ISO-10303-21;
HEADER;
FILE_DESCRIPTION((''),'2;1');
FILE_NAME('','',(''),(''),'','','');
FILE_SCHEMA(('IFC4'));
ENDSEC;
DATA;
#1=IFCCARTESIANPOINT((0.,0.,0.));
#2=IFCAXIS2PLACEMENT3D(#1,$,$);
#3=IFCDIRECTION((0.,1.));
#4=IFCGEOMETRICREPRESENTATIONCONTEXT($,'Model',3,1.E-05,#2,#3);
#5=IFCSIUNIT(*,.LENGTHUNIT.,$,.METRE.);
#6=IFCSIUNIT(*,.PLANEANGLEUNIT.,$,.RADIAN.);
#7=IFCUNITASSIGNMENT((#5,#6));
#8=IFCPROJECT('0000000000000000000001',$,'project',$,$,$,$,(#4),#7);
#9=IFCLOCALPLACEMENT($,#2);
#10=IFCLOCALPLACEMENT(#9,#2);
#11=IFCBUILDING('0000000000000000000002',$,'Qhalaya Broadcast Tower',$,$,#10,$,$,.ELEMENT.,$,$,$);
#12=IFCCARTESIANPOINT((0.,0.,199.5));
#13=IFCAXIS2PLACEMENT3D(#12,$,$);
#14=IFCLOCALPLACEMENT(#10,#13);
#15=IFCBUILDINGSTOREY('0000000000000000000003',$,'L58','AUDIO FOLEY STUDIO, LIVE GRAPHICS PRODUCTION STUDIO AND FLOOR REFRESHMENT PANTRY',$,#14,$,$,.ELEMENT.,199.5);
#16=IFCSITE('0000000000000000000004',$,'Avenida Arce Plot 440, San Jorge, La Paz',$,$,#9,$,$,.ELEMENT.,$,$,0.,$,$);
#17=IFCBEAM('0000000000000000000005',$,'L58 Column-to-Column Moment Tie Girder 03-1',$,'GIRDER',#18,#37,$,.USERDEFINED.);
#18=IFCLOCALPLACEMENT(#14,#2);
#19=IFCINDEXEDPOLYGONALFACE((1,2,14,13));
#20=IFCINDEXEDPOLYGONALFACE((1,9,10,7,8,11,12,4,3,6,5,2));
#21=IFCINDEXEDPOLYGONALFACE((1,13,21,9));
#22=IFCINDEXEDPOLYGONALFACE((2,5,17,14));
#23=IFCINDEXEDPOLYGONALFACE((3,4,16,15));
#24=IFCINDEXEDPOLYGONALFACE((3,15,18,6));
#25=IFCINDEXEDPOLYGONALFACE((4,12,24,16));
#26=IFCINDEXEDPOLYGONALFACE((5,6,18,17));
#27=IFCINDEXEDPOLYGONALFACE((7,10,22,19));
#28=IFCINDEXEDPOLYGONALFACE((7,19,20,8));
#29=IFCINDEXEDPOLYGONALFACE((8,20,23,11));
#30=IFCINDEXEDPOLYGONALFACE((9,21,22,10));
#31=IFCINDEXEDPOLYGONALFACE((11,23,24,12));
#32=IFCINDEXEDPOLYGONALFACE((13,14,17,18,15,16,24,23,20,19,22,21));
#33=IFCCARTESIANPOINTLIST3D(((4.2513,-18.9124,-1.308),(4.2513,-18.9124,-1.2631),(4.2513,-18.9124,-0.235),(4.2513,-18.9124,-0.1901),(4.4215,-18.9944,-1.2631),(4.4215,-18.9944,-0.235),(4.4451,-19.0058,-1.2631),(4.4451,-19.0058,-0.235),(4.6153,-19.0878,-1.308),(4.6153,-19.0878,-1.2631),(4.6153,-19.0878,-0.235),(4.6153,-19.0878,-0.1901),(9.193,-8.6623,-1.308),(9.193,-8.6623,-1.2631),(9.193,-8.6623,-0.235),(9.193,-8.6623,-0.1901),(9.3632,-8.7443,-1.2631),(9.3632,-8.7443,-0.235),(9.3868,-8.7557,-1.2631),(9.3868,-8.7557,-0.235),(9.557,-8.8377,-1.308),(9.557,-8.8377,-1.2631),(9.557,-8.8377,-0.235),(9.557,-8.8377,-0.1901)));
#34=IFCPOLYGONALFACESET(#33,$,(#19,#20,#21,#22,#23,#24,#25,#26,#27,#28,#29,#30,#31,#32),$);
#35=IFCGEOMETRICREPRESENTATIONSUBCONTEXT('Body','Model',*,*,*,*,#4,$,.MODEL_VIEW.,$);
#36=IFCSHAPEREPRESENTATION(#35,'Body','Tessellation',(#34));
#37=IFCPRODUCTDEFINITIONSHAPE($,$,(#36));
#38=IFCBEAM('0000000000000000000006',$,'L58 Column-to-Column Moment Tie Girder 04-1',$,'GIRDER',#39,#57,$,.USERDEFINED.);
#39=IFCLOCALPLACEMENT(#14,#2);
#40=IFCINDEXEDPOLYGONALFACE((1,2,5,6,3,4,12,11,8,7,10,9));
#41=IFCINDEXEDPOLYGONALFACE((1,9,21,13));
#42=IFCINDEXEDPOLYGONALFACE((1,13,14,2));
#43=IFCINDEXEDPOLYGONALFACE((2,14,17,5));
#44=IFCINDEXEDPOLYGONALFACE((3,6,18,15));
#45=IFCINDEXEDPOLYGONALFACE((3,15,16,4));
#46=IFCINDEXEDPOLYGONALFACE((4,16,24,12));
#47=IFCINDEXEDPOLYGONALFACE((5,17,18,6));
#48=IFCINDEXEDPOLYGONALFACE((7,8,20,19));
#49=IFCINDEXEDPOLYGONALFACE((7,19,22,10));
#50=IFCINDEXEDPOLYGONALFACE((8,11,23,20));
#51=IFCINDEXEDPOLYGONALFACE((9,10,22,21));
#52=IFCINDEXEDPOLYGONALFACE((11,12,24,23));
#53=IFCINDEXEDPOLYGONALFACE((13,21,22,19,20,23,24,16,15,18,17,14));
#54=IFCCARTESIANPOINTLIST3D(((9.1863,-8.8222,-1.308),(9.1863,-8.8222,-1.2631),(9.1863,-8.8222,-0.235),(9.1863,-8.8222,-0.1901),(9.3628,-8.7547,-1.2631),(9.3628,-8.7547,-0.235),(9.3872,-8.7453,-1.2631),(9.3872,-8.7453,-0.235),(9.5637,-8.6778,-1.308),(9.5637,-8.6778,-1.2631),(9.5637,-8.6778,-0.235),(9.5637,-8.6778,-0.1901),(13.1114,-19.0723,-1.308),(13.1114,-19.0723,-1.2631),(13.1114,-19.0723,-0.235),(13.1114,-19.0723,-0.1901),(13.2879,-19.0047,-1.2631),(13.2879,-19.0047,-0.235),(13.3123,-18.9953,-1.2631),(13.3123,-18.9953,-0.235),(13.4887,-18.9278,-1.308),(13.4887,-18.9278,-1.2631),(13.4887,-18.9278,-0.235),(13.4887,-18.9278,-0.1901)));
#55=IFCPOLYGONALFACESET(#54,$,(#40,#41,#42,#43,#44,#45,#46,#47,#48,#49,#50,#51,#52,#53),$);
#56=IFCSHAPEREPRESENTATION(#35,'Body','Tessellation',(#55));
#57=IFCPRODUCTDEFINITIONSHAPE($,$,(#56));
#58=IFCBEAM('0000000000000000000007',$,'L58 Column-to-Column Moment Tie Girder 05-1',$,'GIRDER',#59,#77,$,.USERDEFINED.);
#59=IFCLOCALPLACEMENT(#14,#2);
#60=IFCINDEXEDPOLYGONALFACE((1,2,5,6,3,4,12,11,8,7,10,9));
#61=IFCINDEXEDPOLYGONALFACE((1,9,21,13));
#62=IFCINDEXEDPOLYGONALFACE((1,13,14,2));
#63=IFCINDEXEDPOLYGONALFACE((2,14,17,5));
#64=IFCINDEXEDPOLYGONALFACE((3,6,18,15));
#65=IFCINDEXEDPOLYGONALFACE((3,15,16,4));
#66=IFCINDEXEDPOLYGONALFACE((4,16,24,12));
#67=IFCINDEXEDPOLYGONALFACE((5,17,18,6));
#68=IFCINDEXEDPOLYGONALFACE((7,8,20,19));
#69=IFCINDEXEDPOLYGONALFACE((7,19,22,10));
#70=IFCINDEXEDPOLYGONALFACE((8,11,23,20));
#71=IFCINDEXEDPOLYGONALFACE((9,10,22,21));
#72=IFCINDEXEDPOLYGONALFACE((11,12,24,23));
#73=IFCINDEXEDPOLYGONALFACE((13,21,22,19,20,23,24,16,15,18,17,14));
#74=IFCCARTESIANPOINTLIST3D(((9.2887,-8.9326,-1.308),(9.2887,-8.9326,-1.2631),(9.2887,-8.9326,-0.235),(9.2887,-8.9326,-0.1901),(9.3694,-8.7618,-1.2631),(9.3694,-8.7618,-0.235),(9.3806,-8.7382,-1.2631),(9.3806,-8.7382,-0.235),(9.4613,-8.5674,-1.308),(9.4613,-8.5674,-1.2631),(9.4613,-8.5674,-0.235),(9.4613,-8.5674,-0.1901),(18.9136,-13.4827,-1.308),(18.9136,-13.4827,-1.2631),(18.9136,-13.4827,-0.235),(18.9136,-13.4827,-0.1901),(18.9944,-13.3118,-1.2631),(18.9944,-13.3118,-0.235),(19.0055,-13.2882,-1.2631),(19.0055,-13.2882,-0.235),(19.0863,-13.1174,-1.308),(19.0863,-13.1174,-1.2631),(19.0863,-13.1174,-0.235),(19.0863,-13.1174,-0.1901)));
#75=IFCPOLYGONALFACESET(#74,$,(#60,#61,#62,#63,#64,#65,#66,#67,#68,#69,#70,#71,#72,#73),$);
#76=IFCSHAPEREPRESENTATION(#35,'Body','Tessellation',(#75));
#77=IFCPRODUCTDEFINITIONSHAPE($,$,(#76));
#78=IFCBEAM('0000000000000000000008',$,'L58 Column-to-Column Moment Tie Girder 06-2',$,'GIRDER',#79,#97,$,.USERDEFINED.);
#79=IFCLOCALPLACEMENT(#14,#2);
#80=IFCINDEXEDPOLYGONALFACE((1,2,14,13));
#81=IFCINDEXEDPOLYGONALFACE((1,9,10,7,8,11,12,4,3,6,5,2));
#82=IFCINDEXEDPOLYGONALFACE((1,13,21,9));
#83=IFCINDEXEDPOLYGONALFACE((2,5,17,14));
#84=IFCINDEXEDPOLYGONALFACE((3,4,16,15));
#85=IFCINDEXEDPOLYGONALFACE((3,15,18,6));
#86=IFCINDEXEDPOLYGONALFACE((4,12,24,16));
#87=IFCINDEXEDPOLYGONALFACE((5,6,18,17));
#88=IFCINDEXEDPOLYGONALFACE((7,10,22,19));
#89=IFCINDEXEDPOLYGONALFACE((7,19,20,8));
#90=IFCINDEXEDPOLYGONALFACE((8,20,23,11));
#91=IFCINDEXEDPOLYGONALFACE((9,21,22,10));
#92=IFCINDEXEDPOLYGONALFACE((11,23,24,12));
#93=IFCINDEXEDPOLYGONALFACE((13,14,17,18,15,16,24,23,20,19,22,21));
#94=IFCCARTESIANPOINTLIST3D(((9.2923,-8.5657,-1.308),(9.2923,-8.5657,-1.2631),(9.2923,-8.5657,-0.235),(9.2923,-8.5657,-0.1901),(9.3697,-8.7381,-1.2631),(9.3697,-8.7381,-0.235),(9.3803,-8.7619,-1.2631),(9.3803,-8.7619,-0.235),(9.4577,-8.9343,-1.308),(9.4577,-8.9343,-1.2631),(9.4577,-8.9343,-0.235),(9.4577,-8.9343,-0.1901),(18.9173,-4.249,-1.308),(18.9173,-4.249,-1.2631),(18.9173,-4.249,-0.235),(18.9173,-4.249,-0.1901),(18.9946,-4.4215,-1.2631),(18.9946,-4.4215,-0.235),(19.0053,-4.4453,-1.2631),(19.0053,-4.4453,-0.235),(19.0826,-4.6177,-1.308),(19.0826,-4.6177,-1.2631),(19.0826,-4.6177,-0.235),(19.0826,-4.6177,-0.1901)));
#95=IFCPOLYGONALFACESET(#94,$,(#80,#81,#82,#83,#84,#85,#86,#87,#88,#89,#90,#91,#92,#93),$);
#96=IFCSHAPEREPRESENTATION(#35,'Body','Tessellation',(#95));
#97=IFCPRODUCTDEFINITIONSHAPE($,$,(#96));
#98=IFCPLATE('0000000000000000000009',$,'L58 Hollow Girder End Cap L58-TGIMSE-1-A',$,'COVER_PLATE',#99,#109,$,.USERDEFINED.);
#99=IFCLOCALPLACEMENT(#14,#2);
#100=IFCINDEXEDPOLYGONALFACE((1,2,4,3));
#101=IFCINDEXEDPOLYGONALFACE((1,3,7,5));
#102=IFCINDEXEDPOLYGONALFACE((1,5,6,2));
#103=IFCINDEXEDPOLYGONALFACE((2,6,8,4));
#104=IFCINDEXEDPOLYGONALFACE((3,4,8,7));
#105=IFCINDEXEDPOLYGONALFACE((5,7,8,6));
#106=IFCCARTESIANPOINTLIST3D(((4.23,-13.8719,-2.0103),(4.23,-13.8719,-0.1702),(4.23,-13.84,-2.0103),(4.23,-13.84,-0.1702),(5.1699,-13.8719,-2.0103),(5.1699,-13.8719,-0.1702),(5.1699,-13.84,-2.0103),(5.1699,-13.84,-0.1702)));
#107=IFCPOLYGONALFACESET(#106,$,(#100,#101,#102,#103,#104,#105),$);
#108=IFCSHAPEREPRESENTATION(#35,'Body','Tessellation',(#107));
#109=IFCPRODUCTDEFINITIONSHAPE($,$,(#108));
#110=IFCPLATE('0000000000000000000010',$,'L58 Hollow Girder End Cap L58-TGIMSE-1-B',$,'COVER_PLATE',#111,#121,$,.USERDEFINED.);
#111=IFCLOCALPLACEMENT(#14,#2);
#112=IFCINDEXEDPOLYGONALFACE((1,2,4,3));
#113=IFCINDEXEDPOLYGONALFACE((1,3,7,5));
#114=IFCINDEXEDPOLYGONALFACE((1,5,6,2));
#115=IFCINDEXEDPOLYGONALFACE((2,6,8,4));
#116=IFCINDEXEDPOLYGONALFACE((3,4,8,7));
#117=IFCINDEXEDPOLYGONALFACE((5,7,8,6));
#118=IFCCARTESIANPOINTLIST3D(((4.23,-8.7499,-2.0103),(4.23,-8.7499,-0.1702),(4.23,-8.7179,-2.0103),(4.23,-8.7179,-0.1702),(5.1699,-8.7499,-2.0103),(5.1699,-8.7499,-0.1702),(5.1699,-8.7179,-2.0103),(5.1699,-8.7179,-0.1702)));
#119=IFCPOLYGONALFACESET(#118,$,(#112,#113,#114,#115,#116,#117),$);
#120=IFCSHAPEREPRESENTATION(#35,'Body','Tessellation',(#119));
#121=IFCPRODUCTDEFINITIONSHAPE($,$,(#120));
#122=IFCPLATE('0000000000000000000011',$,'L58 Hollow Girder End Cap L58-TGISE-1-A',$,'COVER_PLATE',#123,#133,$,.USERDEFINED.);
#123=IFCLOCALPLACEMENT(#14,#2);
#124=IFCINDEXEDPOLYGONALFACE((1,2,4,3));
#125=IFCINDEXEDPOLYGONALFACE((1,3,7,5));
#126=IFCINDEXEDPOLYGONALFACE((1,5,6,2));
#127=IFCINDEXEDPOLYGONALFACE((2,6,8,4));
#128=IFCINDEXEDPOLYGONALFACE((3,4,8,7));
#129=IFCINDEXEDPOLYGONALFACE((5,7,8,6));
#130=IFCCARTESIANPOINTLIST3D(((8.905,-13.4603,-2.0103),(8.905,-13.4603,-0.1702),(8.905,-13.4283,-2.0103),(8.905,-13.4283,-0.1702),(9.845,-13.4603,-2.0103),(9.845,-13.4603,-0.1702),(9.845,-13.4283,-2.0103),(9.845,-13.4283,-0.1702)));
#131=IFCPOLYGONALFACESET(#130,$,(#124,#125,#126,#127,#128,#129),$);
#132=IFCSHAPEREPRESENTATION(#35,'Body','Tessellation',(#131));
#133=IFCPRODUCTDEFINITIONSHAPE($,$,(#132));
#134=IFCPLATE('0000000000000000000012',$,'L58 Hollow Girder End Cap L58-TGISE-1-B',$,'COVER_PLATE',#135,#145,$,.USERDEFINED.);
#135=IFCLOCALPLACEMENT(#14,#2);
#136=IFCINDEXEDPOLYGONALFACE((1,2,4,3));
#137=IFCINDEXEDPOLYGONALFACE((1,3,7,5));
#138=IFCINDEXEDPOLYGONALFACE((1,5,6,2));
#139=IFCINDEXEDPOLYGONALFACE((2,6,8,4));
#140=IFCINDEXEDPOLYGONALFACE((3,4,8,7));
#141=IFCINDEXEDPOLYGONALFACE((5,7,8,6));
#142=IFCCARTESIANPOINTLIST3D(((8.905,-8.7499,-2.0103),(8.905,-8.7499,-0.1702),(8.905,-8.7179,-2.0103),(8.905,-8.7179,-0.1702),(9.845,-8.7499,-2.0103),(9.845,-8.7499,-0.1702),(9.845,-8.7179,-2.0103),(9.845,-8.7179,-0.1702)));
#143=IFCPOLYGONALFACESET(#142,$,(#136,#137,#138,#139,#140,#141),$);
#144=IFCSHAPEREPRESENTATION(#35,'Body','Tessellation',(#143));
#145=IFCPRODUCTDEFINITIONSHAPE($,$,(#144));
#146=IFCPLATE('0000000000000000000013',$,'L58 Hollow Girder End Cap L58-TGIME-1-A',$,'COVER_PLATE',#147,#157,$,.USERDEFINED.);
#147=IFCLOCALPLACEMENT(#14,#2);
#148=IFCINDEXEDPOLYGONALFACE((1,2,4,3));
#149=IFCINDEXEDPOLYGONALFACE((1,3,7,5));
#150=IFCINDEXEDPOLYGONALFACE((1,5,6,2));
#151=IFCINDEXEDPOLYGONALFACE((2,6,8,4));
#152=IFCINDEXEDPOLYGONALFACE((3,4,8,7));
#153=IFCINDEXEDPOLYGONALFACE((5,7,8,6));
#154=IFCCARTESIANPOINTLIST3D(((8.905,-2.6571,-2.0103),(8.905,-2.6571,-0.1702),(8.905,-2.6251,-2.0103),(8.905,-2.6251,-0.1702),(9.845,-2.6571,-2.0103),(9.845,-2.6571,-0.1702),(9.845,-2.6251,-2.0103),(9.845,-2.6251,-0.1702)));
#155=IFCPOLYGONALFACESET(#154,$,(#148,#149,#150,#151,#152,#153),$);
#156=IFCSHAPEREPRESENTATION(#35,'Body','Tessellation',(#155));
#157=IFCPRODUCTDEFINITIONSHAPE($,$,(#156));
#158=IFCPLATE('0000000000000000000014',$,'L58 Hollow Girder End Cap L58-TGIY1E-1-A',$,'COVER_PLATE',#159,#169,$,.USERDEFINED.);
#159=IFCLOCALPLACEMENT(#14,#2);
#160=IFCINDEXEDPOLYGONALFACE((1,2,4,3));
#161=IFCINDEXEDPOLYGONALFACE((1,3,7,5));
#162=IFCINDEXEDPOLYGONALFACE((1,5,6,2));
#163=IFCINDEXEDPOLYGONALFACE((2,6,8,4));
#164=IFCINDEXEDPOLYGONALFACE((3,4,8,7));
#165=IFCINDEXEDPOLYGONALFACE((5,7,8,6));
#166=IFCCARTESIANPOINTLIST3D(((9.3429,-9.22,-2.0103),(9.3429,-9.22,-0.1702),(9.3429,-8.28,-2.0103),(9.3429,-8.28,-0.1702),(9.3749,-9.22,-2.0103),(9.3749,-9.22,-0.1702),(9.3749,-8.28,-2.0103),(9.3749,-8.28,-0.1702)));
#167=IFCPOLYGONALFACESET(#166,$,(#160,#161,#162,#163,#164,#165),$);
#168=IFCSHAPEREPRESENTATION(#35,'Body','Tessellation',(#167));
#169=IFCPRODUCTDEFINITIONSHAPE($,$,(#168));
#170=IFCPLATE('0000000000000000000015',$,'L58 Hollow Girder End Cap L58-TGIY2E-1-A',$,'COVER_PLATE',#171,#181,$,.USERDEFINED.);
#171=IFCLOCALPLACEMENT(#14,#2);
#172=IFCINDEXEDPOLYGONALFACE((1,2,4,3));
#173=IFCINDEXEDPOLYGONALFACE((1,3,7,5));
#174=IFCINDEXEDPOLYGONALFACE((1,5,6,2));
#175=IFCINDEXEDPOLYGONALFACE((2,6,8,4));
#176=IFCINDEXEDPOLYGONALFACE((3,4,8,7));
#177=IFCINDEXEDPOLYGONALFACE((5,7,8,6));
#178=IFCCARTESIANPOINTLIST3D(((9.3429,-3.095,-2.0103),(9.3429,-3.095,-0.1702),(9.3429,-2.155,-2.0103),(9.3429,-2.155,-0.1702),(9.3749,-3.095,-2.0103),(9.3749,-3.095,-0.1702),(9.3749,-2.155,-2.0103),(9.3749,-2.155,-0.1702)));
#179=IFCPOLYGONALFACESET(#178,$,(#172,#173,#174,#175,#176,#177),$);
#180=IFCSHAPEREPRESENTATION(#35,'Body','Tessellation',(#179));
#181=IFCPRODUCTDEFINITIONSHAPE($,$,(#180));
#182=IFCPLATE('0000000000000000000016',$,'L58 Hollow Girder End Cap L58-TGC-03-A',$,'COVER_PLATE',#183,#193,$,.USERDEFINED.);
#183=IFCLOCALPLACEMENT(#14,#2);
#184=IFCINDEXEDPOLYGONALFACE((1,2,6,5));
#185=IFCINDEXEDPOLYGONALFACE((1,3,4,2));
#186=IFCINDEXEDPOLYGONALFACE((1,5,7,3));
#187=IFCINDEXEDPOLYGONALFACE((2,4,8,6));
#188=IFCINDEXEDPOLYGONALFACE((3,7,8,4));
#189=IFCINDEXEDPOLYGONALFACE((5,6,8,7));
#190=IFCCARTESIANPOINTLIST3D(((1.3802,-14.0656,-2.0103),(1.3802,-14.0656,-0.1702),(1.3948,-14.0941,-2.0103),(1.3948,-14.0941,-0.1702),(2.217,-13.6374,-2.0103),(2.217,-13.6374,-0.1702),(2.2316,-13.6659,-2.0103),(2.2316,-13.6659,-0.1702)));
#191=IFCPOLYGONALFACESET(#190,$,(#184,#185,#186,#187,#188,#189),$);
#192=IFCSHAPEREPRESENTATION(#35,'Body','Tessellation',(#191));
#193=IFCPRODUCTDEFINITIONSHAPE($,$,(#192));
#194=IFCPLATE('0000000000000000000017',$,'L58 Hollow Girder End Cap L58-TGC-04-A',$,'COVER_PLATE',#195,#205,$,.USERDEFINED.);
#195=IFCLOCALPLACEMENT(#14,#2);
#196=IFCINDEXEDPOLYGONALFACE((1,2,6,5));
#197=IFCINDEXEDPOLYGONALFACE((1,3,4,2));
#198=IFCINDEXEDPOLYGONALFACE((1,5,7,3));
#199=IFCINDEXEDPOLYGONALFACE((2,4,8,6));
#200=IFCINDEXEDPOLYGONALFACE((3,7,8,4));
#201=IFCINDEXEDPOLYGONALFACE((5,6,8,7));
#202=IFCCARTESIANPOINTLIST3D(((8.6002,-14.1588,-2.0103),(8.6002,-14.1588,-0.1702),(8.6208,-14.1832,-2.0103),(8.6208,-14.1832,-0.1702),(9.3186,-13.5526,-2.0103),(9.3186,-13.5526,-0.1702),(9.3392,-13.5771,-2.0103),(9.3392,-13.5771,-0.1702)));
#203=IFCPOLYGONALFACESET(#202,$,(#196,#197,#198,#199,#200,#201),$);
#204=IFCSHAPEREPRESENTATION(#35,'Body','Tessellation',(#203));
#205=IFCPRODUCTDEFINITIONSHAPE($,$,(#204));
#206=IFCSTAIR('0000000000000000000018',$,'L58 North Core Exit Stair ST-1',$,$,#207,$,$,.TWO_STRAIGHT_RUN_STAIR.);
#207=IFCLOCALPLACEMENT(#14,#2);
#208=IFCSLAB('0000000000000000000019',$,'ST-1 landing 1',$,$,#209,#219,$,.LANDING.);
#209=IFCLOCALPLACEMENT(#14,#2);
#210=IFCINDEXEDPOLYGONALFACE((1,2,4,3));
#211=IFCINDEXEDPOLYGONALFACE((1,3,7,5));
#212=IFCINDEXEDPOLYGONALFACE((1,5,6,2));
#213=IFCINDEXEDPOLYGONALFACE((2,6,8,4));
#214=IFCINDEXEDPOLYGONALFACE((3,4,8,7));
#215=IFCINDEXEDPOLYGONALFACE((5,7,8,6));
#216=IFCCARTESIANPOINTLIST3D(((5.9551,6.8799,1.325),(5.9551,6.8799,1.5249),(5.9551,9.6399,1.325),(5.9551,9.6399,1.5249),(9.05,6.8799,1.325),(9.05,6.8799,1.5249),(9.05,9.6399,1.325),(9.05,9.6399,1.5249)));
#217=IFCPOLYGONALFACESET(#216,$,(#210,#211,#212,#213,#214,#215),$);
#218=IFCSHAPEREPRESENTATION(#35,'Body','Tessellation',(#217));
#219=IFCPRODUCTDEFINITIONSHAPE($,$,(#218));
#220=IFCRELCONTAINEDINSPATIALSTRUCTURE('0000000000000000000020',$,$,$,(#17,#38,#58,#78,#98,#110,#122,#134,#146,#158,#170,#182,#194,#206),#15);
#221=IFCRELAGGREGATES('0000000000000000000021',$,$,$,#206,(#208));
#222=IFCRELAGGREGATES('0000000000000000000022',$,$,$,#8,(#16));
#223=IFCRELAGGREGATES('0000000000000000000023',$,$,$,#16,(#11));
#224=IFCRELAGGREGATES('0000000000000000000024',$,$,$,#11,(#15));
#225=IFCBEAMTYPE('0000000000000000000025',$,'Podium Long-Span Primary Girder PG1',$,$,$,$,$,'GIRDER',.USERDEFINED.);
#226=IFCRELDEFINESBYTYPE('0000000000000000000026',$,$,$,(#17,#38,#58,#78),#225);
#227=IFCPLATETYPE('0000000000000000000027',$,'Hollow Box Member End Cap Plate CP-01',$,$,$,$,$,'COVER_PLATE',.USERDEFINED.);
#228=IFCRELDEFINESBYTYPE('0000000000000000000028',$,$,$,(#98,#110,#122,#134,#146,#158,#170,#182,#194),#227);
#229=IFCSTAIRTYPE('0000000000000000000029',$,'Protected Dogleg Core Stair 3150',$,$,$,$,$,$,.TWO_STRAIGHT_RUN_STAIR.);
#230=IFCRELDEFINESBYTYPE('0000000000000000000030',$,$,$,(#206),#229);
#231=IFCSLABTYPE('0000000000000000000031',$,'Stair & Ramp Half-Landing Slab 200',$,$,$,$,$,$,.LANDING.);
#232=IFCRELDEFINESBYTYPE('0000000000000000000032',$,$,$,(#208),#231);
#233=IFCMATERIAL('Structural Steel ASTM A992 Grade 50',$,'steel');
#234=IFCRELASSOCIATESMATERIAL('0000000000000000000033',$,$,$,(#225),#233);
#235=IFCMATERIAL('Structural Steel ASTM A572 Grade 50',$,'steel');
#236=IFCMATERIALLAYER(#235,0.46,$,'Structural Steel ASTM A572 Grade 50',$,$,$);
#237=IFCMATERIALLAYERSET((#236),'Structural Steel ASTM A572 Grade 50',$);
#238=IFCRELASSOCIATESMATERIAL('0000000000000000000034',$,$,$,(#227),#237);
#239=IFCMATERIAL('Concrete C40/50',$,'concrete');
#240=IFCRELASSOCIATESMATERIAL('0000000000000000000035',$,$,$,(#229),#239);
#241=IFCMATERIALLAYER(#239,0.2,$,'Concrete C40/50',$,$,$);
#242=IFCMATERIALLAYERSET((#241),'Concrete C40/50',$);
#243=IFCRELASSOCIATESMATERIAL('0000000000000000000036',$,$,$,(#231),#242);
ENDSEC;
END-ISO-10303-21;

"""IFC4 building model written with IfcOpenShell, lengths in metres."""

from ifc_helpers import new_model, si_unit, direction, frame, origin, origin_2d, place, context, subcontext, project, spatial, polyline, rectangle, i_section, outline, extrude, material, layer, layer_set, material_profile, profile_set, type_object, element, aggregate, save


model = new_model("IFC4")

# Units and contexts
model_context = context("Model", 3, precision=1e-05, world=origin(), true_north=direction((0.0, 1.0)))
body_context = subcontext(model_context, "Body", "Model", "MODEL_VIEW")
ifc_project = project(units=[si_unit("LENGTHUNIT", "METRE"), si_unit("PLANEANGLEUNIT", "RADIAN")], contexts=[model_context])

# Site, building, storey
site_placement = place(None, origin())
site = spatial("IfcSite", under=ifc_project, at=site_placement, Name="Avenida Arce Plot 440, San Jorge, La Paz", CompositionType="ELEMENT", RefElevation=0.0)
building_placement = place(site_placement, origin())
building = spatial("IfcBuilding", under=site, at=building_placement, Name="Qhalaya Broadcast Tower", CompositionType="ELEMENT")
storey_placement = place(building_placement, frame((0.0, 0.0, 199.5)))
storey = spatial("IfcBuildingStorey", under=building, at=storey_placement, Name="L58", Description="AUDIO FOLEY STUDIO, LIVE GRAPHICS PRODUCTION STUDIO AND FLOOR REFRESHMENT PANTRY", CompositionType="ELEMENT", Elevation=199.5)

# Beams
ifc_material_1 = material(Name="Structural Steel ASTM A572 Grade 50", Category="steel")
ifc_material_2 = material(Name="Structural Steel ASTM A992 Grade 50", Category="steel")
ifc_material_profile_1 = material_profile(ifc_material_2, i_section(OverallWidth=0.4041, OverallDepth=1.1179, WebThickness=0.0261, FlangeThickness=0.0449, at=origin_2d()), Name="W44X335")
ifc_profile_set_1 = profile_set([ifc_material_profile_1], Name="Structural Steel ASTM A992 Grade 50")
beam_type_1 = type_object("IfcBeamType", Name="Podium Long-Span Primary Girder PG1", ElementType="GIRDER", PredefinedType="USERDEFINED", material=ifc_profile_set_1)
beam_1_placement = place(storey_placement, frame((9.375, -8.75, -0.749), z_axis=(-0.434277, -0.900779, 0.0), x_axis=(0.900779, -0.434277, 0.0)))
element("IfcBeam", 1, at=beam_1_placement, inside=storey, type_object=beam_type_1, Name="L58 Column-to-Column Moment Tie Girder 03-1", ObjectType="GIRDER", PredefinedType="USERDEFINED", context=body_context, shape_type="SweptSolid", body=[
    extrude(i_section(OverallWidth=0.4041, OverallDepth=1.1179, WebThickness=0.0261, FlangeThickness=0.0449, at=origin_2d()), origin(), (0.0, 0.0, 1.0), 11.3792),
])
beam_2_placement = place(storey_placement, frame((9.375, -8.75, -0.749), z_axis=(0.357609, -0.933871, 0.0), x_axis=(0.933871, 0.357609, 0.0)))
element("IfcBeam", 2, at=beam_2_placement, inside=storey, type_object=beam_type_1, Name="L58 Column-to-Column Moment Tie Girder 04-1", ObjectType="GIRDER", PredefinedType="USERDEFINED", context=body_context, shape_type="SweptSolid", body=[
    extrude(i_section(OverallWidth=0.4041, OverallDepth=1.1179, WebThickness=0.0261, FlangeThickness=0.0449, at=origin_2d()), origin(), (0.0, 0.0, 1.0), 10.9758),
])
beam_3_placement = place(storey_placement, frame((9.375, -8.75, -0.749), z_axis=(0.90407, -0.427383, 0.0), x_axis=(0.427383, 0.90407, 0.0)))
element("IfcBeam", 3, at=beam_3_placement, inside=storey, type_object=beam_type_1, Name="L58 Column-to-Column Moment Tie Girder 05-1", ObjectType="GIRDER", PredefinedType="USERDEFINED", context=body_context, shape_type="SweptSolid", body=[
    extrude(i_section(OverallWidth=0.4041, OverallDepth=1.1179, WebThickness=0.0261, FlangeThickness=0.0449, at=origin_2d()), origin(), (0.0, 0.0, 1.0), 10.6462),
])
beam_4_placement = place(storey_placement, frame((9.375, -8.75, -0.749), z_axis=(0.912439, 0.409213, 0.0), x_axis=(-0.409213, 0.912439, 0.0)))
element("IfcBeam", 4, at=beam_4_placement, inside=storey, type_object=beam_type_1, Name="L58 Column-to-Column Moment Tie Girder 06-2", ObjectType="GIRDER", PredefinedType="USERDEFINED", context=body_context, shape_type="SweptSolid", body=[
    extrude(i_section(OverallWidth=0.4041, OverallDepth=1.1179, WebThickness=0.0261, FlangeThickness=0.0449, at=origin_2d()), origin(), (0.0, 0.0, 1.0), 10.5486),
])

# Plates
ifc_layer_1 = layer(ifc_material_1, 0.46, Name="Structural Steel ASTM A572 Grade 50")
ifc_layer_set_1 = layer_set([ifc_layer_1], Name="Structural Steel ASTM A572 Grade 50")
plate_type = type_object("IfcPlateType", Name="Hollow Box Member End Cap Plate CP-01", ElementType="COVER_PLATE", PredefinedType="USERDEFINED", material=ifc_layer_set_1)
for number, where, z_axis, x_axis, name in (
    (5, (4.7, -13.856, -2.0103), (0.0, 0.0, 1.0), (-1.0, 0.0, 0.0), "L58 Hollow Girder End Cap L58-TGIMSE-1-A"),
    (6, (4.7, -8.7339, -2.0103), (0.0, 0.0, 1.0), (-1.0, 0.0, 0.0), "L58 Hollow Girder End Cap L58-TGIMSE-1-B"),
    (7, (9.375, -13.4443, -2.0103), (0.0, 0.0, 1.0), (-1.0, 0.0, 0.0), "L58 Hollow Girder End Cap L58-TGISE-1-A"),
    (8, (9.375, -8.7339, -2.0103), (0.0, 0.0, 1.0), (-1.0, 0.0, 0.0), "L58 Hollow Girder End Cap L58-TGISE-1-B"),
    (9, (9.375, -2.6411, -2.0103), (0.0, 0.0, 1.0), (-1.0, 0.0, 0.0), "L58 Hollow Girder End Cap L58-TGIME-1-A"),
    (10, (9.3589, -8.75, -2.0103), (0.0, 0.0, 1.0), (0.0, 1.0, 0.0), "L58 Hollow Girder End Cap L58-TGIY1E-1-A"),
    (11, (9.3589, -2.625, -2.0103), (0.0, 0.0, 1.0), (0.0, 1.0, 0.0), "L58 Hollow Girder End Cap L58-TGIY2E-1-A"),
    (12, (1.8059, -13.8657, -2.0103), (0.0, 0.0, 1.0), (0.890213, 0.455545, 0.0), "L58 Hollow Girder End Cap L58-TGC-03-A"),
    (13, (8.9697, -13.8679, -2.0103), (0.0, 0.0, 1.0), (0.764291, 0.644871, 0.0), "L58 Hollow Girder End Cap L58-TGC-04-A"),
):
    element("IfcPlate", number, at=place(storey_placement, frame(where, z_axis=z_axis, x_axis=x_axis)), inside=storey, type_object=plate_type, Name=name, ObjectType="COVER_PLATE", PredefinedType="USERDEFINED", context=body_context, shape_type="SweptSolid", body=[
        extrude(rectangle(XDim=0.9399, YDim=0.032, at=origin_2d()), origin(), (0.0, 0.0, 1.0), 1.8401),
    ])

# Stair, slab
ifc_material_3 = material(Name="Concrete C40/50", Category="concrete")
stair_type = type_object("IfcStairType", Name="Protected Dogleg Core Stair 3150", PredefinedType="TWO_STRAIGHT_RUN_STAIR", material=ifc_material_3)
stair_1_placement = place(storey_placement, origin())
stair_1 = element("IfcStair", 14, at=stair_1_placement, inside=storey, type_object=stair_type, Name="L58 North Core Exit Stair ST-1", PredefinedType="TWO_STRAIGHT_RUN_STAIR")
ifc_layer_2 = layer(ifc_material_3, 0.2, Name="Concrete C40/50")
ifc_layer_set_2 = layer_set([ifc_layer_2], Name="Concrete C40/50")
slab_type_1 = type_object("IfcSlabType", Name="Stair & Ramp Half-Landing Slab 200", PredefinedType="LANDING", material=ifc_layer_set_2)
slab_1_placement = place(storey_placement, frame((0.0, 0.0, 1.325)))
slab_1 = element("IfcSlab", 15, at=slab_1_placement, type_object=slab_type_1, Name="ST-1 landing 1", PredefinedType="LANDING", context=body_context, shape_type="SweptSolid", body=[
    extrude(outline(polyline([(5.9551, 6.8799), (9.05, 6.8799), (9.05, 9.6399), (5.9551, 9.6399), (5.9551, 6.8799)])), origin(), (0.0, 0.0, 1.0), 0.2),
])
aggregate(stair_1, [slab_1])

save(model, "model.ifc")
